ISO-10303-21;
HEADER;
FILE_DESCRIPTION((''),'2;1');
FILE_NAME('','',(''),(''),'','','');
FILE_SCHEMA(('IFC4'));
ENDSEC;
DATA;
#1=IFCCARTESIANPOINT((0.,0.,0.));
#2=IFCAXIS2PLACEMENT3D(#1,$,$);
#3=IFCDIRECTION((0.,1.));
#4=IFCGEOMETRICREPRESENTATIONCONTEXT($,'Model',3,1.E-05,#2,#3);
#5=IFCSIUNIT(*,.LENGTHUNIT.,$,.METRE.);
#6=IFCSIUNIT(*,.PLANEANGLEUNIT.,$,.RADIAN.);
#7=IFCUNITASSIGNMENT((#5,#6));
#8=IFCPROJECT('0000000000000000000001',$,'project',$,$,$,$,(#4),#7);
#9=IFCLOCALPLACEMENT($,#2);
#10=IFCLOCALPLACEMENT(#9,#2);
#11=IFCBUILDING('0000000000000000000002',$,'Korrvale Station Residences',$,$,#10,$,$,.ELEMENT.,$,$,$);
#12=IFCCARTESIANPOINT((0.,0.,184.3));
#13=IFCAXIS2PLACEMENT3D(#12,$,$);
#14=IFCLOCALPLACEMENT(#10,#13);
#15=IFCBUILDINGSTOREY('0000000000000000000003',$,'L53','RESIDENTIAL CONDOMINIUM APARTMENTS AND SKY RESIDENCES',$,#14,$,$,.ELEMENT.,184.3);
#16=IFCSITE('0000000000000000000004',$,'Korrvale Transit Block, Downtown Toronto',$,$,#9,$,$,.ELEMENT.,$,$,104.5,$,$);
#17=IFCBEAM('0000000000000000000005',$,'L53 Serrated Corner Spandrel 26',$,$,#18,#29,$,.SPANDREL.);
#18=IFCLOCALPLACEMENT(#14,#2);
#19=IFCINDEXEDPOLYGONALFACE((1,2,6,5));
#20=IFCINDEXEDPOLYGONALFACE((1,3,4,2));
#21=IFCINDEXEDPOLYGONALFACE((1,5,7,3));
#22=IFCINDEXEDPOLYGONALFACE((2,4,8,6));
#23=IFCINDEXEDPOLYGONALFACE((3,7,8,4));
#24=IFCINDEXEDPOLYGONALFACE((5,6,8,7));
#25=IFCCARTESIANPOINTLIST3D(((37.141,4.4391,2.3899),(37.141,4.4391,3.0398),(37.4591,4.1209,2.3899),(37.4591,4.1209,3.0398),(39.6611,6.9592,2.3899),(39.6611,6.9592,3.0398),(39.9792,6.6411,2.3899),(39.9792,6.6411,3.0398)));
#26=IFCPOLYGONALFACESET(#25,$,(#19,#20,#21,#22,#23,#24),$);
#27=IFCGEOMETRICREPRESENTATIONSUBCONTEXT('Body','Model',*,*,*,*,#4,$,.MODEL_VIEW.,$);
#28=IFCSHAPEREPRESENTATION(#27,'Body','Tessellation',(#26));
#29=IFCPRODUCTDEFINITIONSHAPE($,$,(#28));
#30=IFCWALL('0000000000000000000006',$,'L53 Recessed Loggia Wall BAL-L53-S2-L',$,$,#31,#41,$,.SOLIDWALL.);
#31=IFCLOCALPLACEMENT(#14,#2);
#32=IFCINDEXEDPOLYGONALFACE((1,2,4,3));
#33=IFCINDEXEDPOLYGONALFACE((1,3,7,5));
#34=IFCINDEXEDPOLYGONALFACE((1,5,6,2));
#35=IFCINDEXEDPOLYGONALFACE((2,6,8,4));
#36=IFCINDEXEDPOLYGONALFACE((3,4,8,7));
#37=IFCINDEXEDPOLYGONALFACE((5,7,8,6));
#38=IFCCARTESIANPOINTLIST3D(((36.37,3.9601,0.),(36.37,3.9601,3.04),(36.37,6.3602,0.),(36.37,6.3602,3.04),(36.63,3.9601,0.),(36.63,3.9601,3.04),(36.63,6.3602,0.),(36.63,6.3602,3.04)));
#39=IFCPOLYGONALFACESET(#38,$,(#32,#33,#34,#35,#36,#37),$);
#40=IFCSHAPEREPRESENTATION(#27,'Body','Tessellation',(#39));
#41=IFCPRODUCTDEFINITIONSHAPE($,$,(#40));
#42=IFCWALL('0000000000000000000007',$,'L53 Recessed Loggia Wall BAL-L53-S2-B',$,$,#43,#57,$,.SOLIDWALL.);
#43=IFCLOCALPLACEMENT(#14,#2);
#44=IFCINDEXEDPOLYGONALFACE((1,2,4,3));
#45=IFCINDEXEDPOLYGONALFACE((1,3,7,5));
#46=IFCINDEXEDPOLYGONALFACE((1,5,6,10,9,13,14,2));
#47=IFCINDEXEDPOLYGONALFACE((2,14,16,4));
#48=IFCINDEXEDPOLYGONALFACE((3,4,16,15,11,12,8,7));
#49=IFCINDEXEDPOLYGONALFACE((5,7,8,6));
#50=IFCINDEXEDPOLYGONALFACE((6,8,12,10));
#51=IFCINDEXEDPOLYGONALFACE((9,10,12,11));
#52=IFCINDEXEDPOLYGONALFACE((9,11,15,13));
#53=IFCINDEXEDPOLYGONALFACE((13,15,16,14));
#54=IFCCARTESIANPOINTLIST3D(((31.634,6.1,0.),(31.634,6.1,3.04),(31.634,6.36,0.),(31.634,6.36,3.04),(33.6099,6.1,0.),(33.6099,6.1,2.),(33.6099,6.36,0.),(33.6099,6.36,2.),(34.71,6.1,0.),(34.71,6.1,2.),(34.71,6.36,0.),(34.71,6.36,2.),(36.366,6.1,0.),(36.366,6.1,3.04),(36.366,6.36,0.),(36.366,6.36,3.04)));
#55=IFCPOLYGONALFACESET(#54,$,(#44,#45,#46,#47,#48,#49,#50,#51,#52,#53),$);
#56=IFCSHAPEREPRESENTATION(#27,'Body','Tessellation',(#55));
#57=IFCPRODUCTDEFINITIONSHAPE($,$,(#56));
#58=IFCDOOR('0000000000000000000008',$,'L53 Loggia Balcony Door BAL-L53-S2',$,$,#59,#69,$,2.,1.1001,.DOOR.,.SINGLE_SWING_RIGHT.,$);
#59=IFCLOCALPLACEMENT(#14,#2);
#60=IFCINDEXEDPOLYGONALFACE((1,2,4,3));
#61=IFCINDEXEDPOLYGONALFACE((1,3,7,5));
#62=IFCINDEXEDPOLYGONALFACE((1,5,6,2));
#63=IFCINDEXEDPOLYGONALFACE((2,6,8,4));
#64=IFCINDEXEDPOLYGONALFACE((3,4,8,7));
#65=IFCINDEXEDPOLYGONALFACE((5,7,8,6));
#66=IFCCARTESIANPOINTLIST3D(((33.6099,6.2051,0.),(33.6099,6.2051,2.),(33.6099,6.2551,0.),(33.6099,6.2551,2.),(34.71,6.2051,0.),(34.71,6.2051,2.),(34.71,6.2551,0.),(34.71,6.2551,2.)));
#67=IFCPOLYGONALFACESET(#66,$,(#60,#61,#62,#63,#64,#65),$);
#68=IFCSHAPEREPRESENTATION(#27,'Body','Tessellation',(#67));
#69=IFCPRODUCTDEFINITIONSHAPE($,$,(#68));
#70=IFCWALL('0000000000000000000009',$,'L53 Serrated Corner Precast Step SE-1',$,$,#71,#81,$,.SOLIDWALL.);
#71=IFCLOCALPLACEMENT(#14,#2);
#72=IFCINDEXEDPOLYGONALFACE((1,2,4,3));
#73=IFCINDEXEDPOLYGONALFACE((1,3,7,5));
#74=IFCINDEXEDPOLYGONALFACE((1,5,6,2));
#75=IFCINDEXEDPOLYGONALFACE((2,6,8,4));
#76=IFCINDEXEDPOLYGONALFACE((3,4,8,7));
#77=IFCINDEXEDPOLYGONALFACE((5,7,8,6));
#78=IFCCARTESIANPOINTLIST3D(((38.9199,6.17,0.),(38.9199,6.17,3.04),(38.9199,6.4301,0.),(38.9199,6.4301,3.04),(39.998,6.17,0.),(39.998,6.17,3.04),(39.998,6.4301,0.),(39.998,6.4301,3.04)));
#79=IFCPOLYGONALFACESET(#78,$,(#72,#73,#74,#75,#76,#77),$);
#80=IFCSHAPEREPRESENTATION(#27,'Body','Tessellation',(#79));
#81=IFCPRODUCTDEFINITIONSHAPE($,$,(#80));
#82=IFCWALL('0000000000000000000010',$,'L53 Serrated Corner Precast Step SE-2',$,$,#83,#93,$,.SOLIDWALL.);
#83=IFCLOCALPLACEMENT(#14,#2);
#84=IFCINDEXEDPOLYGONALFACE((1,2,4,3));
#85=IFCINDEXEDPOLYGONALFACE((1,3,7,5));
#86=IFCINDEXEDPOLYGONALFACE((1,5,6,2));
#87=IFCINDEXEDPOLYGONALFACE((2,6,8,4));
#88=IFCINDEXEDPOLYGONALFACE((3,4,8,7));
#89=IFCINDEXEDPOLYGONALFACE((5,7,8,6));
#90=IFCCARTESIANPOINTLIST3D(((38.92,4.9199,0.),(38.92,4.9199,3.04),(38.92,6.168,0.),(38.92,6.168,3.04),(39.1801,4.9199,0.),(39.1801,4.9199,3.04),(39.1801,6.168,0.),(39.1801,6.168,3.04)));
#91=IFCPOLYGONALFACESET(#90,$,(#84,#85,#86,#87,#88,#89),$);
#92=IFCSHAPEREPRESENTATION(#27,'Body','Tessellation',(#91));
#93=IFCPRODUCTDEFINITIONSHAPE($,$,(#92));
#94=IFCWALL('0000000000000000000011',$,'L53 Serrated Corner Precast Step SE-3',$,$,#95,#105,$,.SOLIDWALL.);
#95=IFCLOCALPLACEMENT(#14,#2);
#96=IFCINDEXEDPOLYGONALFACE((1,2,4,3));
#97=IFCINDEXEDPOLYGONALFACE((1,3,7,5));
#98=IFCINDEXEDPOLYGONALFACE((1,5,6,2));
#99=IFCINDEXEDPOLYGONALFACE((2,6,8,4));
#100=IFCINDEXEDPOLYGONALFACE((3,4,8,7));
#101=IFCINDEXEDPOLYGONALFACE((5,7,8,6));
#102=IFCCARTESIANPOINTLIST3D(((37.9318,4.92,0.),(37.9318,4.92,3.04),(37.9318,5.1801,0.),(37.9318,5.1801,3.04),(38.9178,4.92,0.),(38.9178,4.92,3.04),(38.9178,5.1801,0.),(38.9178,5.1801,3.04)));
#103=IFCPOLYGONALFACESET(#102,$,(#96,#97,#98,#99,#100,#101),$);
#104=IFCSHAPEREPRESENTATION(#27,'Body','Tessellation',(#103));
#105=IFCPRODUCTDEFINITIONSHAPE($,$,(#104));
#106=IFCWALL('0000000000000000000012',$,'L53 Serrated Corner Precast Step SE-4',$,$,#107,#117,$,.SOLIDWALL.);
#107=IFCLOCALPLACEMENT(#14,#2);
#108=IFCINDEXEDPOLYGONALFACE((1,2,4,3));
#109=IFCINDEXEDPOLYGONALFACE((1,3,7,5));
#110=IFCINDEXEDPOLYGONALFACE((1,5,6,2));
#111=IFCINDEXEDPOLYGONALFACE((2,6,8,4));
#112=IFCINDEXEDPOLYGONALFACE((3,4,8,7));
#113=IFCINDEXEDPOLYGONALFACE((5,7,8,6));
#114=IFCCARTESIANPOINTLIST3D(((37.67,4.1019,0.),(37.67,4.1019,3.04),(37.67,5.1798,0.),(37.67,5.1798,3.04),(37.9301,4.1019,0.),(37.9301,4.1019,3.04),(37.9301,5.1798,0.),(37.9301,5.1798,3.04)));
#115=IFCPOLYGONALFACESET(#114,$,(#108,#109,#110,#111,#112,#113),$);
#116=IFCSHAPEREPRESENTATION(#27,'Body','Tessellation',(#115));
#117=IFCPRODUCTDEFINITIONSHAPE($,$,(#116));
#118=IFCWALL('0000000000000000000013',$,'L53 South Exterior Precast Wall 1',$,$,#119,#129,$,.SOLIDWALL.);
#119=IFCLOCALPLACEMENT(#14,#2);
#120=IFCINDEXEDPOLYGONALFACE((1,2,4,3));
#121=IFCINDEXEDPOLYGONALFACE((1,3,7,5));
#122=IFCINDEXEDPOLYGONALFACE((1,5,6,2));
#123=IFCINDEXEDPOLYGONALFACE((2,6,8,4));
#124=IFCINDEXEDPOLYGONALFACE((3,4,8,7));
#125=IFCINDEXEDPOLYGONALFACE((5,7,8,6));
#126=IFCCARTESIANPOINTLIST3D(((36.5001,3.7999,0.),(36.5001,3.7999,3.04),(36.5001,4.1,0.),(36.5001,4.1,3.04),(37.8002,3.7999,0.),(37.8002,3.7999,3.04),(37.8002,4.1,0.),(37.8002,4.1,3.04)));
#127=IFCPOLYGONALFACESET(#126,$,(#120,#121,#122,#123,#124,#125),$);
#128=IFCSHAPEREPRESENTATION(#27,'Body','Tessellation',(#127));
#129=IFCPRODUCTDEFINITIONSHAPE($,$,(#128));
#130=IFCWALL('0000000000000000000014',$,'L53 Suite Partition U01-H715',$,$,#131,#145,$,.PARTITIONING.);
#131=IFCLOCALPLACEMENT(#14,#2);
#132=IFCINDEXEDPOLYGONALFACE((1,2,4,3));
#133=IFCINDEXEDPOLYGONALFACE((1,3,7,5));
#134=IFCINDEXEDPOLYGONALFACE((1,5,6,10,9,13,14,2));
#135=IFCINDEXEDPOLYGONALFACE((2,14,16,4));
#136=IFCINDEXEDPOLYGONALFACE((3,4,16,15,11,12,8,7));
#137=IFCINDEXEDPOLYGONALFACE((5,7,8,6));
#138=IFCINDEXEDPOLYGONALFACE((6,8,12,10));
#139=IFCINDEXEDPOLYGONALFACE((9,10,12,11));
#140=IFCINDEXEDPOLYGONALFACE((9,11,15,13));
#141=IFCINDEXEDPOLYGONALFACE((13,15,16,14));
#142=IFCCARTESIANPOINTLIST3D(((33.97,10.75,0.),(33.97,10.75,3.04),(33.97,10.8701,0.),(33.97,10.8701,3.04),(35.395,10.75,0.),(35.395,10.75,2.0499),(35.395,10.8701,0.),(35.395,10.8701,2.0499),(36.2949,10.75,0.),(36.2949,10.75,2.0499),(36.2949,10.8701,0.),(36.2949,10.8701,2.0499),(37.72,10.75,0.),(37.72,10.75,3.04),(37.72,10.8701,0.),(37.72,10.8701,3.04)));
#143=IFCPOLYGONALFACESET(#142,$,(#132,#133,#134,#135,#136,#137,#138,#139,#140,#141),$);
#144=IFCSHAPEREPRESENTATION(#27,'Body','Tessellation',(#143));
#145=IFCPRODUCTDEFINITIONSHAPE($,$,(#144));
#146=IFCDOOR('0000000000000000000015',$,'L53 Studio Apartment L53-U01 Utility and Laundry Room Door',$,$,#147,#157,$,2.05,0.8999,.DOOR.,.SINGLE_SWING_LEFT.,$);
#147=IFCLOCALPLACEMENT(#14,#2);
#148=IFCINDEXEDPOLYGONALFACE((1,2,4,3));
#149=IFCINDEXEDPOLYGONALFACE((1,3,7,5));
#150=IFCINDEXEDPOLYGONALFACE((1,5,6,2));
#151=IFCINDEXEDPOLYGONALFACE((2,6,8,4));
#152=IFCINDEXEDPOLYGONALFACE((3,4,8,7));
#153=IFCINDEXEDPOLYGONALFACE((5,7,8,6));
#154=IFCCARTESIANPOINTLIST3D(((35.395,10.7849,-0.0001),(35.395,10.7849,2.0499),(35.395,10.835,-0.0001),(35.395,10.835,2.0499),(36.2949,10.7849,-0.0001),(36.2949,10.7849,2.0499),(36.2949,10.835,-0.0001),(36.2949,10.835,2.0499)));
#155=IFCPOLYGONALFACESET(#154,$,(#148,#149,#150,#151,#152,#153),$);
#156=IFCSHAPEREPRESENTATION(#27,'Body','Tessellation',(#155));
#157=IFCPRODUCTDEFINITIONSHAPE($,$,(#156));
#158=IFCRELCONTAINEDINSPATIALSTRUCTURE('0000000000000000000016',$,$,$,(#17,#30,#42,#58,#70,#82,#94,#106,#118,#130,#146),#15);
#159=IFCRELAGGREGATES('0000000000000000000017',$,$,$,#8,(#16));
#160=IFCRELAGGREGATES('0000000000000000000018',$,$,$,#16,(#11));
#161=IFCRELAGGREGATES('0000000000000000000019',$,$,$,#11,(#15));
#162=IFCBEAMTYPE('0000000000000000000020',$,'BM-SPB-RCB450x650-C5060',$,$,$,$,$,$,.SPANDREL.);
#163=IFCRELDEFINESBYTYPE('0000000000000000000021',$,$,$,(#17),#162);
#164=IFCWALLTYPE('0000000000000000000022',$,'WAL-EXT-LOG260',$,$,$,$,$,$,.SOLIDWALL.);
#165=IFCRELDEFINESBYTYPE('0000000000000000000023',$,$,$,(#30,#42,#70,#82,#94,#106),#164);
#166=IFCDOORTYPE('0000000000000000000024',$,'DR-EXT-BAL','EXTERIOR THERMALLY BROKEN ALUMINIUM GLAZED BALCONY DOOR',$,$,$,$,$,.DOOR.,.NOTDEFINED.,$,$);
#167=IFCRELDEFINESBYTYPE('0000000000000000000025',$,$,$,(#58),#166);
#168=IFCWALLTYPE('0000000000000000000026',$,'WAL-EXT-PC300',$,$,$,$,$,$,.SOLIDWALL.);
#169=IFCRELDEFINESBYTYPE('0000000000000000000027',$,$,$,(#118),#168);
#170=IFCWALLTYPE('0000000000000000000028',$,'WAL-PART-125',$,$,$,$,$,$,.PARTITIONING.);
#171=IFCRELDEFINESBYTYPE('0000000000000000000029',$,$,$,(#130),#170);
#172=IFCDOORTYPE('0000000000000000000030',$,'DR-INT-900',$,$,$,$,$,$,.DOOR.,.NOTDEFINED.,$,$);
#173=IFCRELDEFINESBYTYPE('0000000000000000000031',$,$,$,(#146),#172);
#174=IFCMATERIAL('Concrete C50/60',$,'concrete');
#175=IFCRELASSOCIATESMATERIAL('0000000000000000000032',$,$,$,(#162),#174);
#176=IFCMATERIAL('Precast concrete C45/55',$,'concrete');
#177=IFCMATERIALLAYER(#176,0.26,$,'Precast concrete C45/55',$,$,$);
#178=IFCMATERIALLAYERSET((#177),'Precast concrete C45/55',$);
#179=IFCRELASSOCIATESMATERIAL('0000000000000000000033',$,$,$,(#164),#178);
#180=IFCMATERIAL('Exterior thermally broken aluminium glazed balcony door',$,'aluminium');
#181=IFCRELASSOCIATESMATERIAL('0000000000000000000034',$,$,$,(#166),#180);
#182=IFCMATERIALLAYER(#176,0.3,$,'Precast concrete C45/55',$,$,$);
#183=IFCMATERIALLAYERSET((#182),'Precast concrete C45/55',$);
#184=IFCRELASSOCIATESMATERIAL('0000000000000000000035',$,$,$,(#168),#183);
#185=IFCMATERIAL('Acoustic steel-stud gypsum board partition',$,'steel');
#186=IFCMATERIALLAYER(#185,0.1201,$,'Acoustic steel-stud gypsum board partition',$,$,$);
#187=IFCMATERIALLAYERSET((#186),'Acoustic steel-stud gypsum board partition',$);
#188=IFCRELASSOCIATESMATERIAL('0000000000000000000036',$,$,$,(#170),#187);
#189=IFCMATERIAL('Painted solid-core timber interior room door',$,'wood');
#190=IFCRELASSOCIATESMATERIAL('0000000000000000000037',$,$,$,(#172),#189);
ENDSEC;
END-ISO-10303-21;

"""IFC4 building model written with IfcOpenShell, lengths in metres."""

from ifc_helpers import new_model, si_unit, direction, frame, frame_2d, origin, origin_2d, place, context, subcontext, project, spatial, rectangle, extrude, material, layer, layer_set, material_profile, profile_set, type_object, element, fill, save


model = new_model("IFC4")

# Units and contexts
model_context = context("Model", 3, precision=1e-05, world=origin(), true_north=direction((0.0, 1.0)))
body_context = subcontext(model_context, "Body", "Model", "MODEL_VIEW")
ifc_project = project(units=[si_unit("LENGTHUNIT", "METRE"), si_unit("PLANEANGLEUNIT", "RADIAN")], contexts=[model_context])

# Site, building, storey
site_placement = place(None, origin())
site = spatial("IfcSite", under=ifc_project, at=site_placement, Name="Korrvale Transit Block, Downtown Toronto", CompositionType="ELEMENT", RefElevation=104.5)
building_placement = place(site_placement, origin())
building = spatial("IfcBuilding", under=site, at=building_placement, Name="Korrvale Station Residences", CompositionType="ELEMENT")
storey_placement = place(building_placement, frame((0.0, 0.0, 184.3)))
storey = spatial("IfcBuildingStorey", under=building, at=storey_placement, Name="L53", Description="RESIDENTIAL CONDOMINIUM APARTMENTS AND SKY RESIDENCES", CompositionType="ELEMENT", Elevation=184.3)

# Shared definitions
ifc_material_1 = material(Name="Concrete C50/60", Category="concrete")

# Beam
ifc_material_profile_1 = material_profile(ifc_material_1, rectangle(XDim=0.45, YDim=0.6499, at=origin_2d()), Name="RCB450x650")
ifc_profile_set_1 = profile_set([ifc_material_profile_1], Name="Concrete C50/60")
beam_type_1 = type_object("IfcBeamType", Name="BM-SPB-RCB450x650-C5060", PredefinedType="SPANDREL", material=ifc_profile_set_1)
beam_1_placement = place(storey_placement, frame((37.3, 4.28, 2.7148), z_axis=(0.707107, 0.707107, 0.0), x_axis=(-0.707107, 0.707107, 0.0)))
element("IfcBeam", 1, at=beam_1_placement, inside=storey, type_object=beam_type_1, Name="L53 Serrated Corner Spandrel 26", PredefinedType="SPANDREL", context=body_context, shape_type="SweptSolid", body=[
    extrude(rectangle(XDim=0.45, YDim=0.6499, at=origin_2d()), origin(), (0.0, 0.0, 1.0), 3.564),
])

# Wall
ifc_material_2 = material(Name="Precast concrete C45/55", Category="concrete")
ifc_layer_1 = layer(ifc_material_2, 0.26, Name="Precast concrete C45/55")
ifc_layer_set_1 = layer_set([ifc_layer_1], Name="Precast concrete C45/55")
wall_type_1 = type_object("IfcWallType", Name="WAL-EXT-LOG260", PredefinedType="SOLIDWALL", material=ifc_layer_set_1)
wall_1_placement = place(storey_placement, frame((36.5, 3.96, 0.0), z_axis=(0.0, 0.0, 1.0), x_axis=(0.0, 1.0, 0.0)))
element("IfcWall", 2, at=wall_1_placement, inside=storey, type_object=wall_type_1, Name="L53 Recessed Loggia Wall BAL-L53-S2-L", PredefinedType="SOLIDWALL", context=body_context, shape_type="SweptSolid", body=[
    extrude(rectangle(XDim=2.4001, YDim=0.26, at=frame_2d((1.2002, 0.0))), origin(), (0.0, 0.0, 1.0), 3.04),
])

# Wall, opening, door
wall_2_placement = place(storey_placement, frame((36.366, 6.23, 0.0), z_axis=(0.0, 0.0, 1.0), x_axis=(-1.0, 0.0, 0.0)))
wall_2 = element("IfcWall", 3, at=wall_2_placement, inside=storey, type_object=wall_type_1, Name="L53 Recessed Loggia Wall BAL-L53-S2-B", PredefinedType="SOLIDWALL", context=body_context, shape_type="SweptSolid", body=[
    extrude(rectangle(XDim=4.7319, YDim=0.26, at=frame_2d((2.366, 0.0))), origin(), (0.0, 0.0, 1.0), 3.04),
])
opening_1_placement = place(wall_2_placement, frame((1.656, 0.0, 0.0)))
opening_1 = element("IfcOpeningElement", 4, at=opening_1_placement, cuts=wall_2, PredefinedType="OPENING", context=body_context, shape_type="SweptSolid", body=[
    extrude(rectangle(XDim=1.1001, YDim=2.0, at=frame_2d((0.55, 1.0))), frame((0.0, 0.1401, 0.0), z_axis=(0.0, -1.0, 0.0), x_axis=(1.0, 0.0, 0.0)), (0.0, 0.0, 1.0), 0.28),
])
ifc_material_3 = material(Name="Exterior thermally broken aluminium glazed balcony door", Category="aluminium")
door_type_1 = type_object("IfcDoorType", Name="DR-EXT-BAL", Description="EXTERIOR THERMALLY BROKEN ALUMINIUM GLAZED BALCONY DOOR", OperationType="NOTDEFINED", PredefinedType="DOOR", material=ifc_material_3)
door_1_placement = place(opening_1_placement, origin())
door_1 = element("IfcDoor", 5, at=door_1_placement, inside=storey, type_object=door_type_1, Name="L53 Loggia Balcony Door BAL-L53-S2", OperationType="SINGLE_SWING_RIGHT", OverallHeight=2.0, OverallWidth=1.1001, PredefinedType="DOOR", context=body_context, shape_type="SweptSolid", body=[
    extrude(rectangle(XDim=1.1001, YDim=2.0, at=frame_2d((0.55, 1.0))), frame((0.0, 0.0249, 0.0), z_axis=(0.0, -1.0, 0.0), x_axis=(1.0, 0.0, 0.0)), (0.0, 0.0, 1.0), 0.05),
])
fill(opening_1, door_1)

# Walls
wall_3_placement = place(storey_placement, frame((39.998, 6.3, 0.0), z_axis=(0.0, 0.0, 1.0), x_axis=(-1.0, 0.0, 0.0)))
element("IfcWall", 6, at=wall_3_placement, inside=storey, type_object=wall_type_1, Name="L53 Serrated Corner Precast Step SE-1", PredefinedType="SOLIDWALL", context=body_context, shape_type="SweptSolid", body=[
    extrude(rectangle(XDim=1.0781, YDim=0.26, at=frame_2d((0.5391, 0.0))), origin(), (0.0, 0.0, 1.0), 3.04),
])
wall_4_placement = place(storey_placement, frame((39.05, 6.168, 0.0), z_axis=(0.0, 0.0, 1.0), x_axis=(0.0, -1.0, 0.0)))
element("IfcWall", 7, at=wall_4_placement, inside=storey, type_object=wall_type_1, Name="L53 Serrated Corner Precast Step SE-2", PredefinedType="SOLIDWALL", context=body_context, shape_type="SweptSolid", body=[
    extrude(rectangle(XDim=1.248, YDim=0.26, at=frame_2d((0.624, 0.0))), origin(), (0.0, 0.0, 1.0), 3.04),
])
wall_5_placement = place(storey_placement, frame((38.918, 5.05, 0.0), z_axis=(0.0, 0.0, 1.0), x_axis=(-1.0, 0.0, 0.0)))
element("IfcWall", 8, at=wall_5_placement, inside=storey, type_object=wall_type_1, Name="L53 Serrated Corner Precast Step SE-3", PredefinedType="SOLIDWALL", context=body_context, shape_type="SweptSolid", body=[
    extrude(rectangle(XDim=0.9861, YDim=0.26, at=frame_2d((0.4932, 0.0))), origin(), (0.0, 0.0, 1.0), 3.04),
])
wall_6_placement = place(storey_placement, frame((37.8, 5.1799, 0.0), z_axis=(0.0, 0.0, 1.0), x_axis=(0.0, -1.0, 0.0)))
element("IfcWall", 9, at=wall_6_placement, inside=storey, type_object=wall_type_1, Name="L53 Serrated Corner Precast Step SE-4", PredefinedType="SOLIDWALL", context=body_context, shape_type="SweptSolid", body=[
    extrude(rectangle(XDim=1.0779, YDim=0.26, at=frame_2d((0.5391, 0.0))), origin(), (0.0, 0.0, 1.0), 3.04),
])
ifc_layer_2 = layer(ifc_material_2, 0.3, Name="Precast concrete C45/55")
ifc_layer_set_2 = layer_set([ifc_layer_2], Name="Precast concrete C45/55")
wall_type_2 = type_object("IfcWallType", Name="WAL-EXT-PC300", PredefinedType="SOLIDWALL", material=ifc_layer_set_2)
wall_7_placement = place(storey_placement, frame((37.8, 3.95, 0.0), z_axis=(0.0, 0.0, 1.0), x_axis=(-1.0, 0.0, 0.0)))
element("IfcWall", 10, at=wall_7_placement, inside=storey, type_object=wall_type_2, Name="L53 South Exterior Precast Wall 1", PredefinedType="SOLIDWALL", context=body_context, shape_type="SweptSolid", body=[
    extrude(rectangle(XDim=1.3, YDim=0.3, at=frame_2d((0.6499, 0.0))), origin(), (0.0, 0.0, 1.0), 3.04),
])

# Wall, opening, door
ifc_material_4 = material(Name="Acoustic steel-stud gypsum board partition", Category="steel")
ifc_layer_3 = layer(ifc_material_4, 0.1201, Name="Acoustic steel-stud gypsum board partition")
ifc_layer_set_3 = layer_set([ifc_layer_3], Name="Acoustic steel-stud gypsum board partition")
wall_type_3 = type_object("IfcWallType", Name="WAL-PART-125", PredefinedType="PARTITIONING", material=ifc_layer_set_3)
wall_8_placement = place(storey_placement, frame((33.97, 10.8101, 0.0), z_axis=(0.0, 0.0, 1.0), x_axis=(1.0, 0.0, 0.0)))
wall_8 = element("IfcWall", 11, at=wall_8_placement, inside=storey, type_object=wall_type_3, Name="L53 Suite Partition U01-H715", PredefinedType="PARTITIONING", context=body_context, shape_type="SweptSolid", body=[
    extrude(rectangle(XDim=3.75, YDim=0.1201, at=frame_2d((1.875, 0.0))), origin(), (0.0, 0.0, 1.0), 3.04),
])
opening_2_placement = place(wall_8_placement, frame((1.425, 0.0, 0.0)))
opening_2 = element("IfcOpeningElement", 12, at=opening_2_placement, cuts=wall_8, PredefinedType="OPENING", context=body_context, shape_type="SweptSolid", body=[
    extrude(rectangle(XDim=0.8999, YDim=2.05, at=frame_2d((0.45, 1.0249))), frame((0.0, 0.0701, 0.0), z_axis=(0.0, -1.0, 0.0), x_axis=(1.0, 0.0, 0.0)), (0.0, 0.0, 1.0), 0.1401),
])
ifc_material_5 = material(Name="Painted solid-core timber interior room door", Category="wood")
door_type_2 = type_object("IfcDoorType", Name="DR-INT-900", OperationType="NOTDEFINED", PredefinedType="DOOR", material=ifc_material_5)
door_2_placement = place(opening_2_placement, origin())
door_2 = element("IfcDoor", 13, at=door_2_placement, inside=storey, type_object=door_type_2, Name="L53 Studio Apartment L53-U01 Utility and Laundry Room Door", OperationType="SINGLE_SWING_LEFT", OverallHeight=2.05, OverallWidth=0.8999, PredefinedType="DOOR", context=body_context, shape_type="SweptSolid", body=[
    extrude(rectangle(XDim=0.8999, YDim=2.05, at=frame_2d((0.45, 1.0249))), frame((0.0, 0.0249, 0.0), z_axis=(0.0, -1.0, 0.0), x_axis=(1.0, 0.0, 0.0)), (0.0, 0.0, 1.0), 0.05),
])
fill(opening_2, door_2)

save(model, "model.ifc")
